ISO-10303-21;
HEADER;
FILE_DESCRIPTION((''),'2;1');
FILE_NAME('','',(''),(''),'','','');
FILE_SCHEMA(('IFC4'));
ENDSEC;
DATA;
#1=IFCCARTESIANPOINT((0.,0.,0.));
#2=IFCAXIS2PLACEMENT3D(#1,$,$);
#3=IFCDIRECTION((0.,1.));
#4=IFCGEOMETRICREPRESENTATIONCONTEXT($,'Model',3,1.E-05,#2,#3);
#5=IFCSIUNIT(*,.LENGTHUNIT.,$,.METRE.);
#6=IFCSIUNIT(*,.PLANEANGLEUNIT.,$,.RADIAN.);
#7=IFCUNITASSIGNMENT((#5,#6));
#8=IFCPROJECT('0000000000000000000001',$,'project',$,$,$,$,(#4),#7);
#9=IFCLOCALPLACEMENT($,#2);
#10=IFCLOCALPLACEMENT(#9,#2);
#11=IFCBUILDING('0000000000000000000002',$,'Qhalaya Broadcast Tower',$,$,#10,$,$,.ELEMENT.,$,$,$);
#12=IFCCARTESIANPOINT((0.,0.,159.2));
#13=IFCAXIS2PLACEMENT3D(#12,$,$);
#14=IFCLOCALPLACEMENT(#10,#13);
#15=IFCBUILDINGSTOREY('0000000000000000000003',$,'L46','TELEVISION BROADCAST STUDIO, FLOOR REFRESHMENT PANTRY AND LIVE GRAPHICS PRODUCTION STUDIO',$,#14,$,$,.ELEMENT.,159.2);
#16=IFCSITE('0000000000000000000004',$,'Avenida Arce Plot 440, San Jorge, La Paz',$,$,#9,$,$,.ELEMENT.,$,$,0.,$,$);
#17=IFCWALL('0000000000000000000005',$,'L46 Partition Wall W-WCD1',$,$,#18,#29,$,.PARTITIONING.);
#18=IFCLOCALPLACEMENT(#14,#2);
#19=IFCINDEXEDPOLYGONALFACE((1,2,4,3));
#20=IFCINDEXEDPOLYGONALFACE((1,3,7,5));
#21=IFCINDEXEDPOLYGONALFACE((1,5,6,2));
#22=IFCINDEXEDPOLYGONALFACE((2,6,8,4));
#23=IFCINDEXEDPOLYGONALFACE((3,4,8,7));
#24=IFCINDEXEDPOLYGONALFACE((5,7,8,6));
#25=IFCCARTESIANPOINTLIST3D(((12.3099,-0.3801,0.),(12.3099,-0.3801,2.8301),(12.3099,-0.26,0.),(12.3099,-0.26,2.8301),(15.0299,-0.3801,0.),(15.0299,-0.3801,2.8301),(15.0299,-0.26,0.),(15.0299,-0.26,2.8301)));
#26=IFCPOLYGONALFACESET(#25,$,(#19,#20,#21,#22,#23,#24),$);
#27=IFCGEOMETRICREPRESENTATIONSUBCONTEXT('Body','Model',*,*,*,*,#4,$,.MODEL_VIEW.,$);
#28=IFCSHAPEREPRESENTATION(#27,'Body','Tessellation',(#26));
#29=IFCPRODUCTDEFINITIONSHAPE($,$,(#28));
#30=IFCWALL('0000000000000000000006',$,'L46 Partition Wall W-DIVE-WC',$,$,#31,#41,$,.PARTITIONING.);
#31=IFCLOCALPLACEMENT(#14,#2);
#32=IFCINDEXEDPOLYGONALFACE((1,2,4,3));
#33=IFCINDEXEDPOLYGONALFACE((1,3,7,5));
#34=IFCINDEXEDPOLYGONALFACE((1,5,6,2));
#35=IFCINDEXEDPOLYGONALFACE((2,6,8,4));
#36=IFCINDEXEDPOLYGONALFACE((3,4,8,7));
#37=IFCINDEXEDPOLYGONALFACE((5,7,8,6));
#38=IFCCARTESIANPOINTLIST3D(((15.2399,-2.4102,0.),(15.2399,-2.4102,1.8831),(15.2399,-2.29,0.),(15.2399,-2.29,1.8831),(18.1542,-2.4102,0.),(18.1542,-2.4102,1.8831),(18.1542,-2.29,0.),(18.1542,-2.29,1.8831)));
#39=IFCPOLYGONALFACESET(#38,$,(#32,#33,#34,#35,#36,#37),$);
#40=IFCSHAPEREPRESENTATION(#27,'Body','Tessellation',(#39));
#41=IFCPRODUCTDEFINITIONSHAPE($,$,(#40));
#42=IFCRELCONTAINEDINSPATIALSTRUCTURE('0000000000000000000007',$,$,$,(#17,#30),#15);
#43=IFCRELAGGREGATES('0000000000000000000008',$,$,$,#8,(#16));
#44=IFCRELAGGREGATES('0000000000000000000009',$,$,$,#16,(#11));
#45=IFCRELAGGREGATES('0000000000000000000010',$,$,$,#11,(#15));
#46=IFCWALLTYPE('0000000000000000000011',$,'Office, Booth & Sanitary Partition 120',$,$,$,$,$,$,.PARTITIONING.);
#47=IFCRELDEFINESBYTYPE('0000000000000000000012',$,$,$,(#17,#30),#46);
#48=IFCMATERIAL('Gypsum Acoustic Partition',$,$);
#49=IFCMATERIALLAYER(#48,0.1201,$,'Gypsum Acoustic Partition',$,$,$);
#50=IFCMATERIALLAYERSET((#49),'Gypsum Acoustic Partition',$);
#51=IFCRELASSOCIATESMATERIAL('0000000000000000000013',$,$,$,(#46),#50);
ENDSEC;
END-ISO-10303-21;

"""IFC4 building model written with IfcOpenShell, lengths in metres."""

from ifc_helpers import new_model, si_unit, direction, frame, frame_2d, origin, place, context, subcontext, project, spatial, rectangle, extrude, material, layer, layer_set, type_object, element, save


model = new_model("IFC4")

# Units and contexts
model_context = context("Model", 3, precision=1e-05, world=origin(), true_north=direction((0.0, 1.0)))
body_context = subcontext(model_context, "Body", "Model", "MODEL_VIEW")
ifc_project = project(units=[si_unit("LENGTHUNIT", "METRE"), si_unit("PLANEANGLEUNIT", "RADIAN")], contexts=[model_context])

# Site, building, storey
site_placement = place(None, origin())
site = spatial("IfcSite", under=ifc_project, at=site_placement, Name="Avenida Arce Plot 440, San Jorge, La Paz", CompositionType="ELEMENT", RefElevation=0.0)
building_placement = place(site_placement, origin())
building = spatial("IfcBuilding", under=site, at=building_placement, Name="Qhalaya Broadcast Tower", CompositionType="ELEMENT")
storey_placement = place(building_placement, frame((0.0, 0.0, 159.2)))
storey = spatial("IfcBuildingStorey", under=building, at=storey_placement, Name="L46", Description="TELEVISION BROADCAST STUDIO, FLOOR REFRESHMENT PANTRY AND LIVE GRAPHICS PRODUCTION STUDIO", CompositionType="ELEMENT", Elevation=159.2)

# Shared definitions
ifc_material_1 = material(Name="Gypsum Acoustic Partition")
ifc_layer_1 = layer(ifc_material_1, 0.1201, Name="Gypsum Acoustic Partition")
ifc_layer_set_1 = layer_set([ifc_layer_1], Name="Gypsum Acoustic Partition")
wall_type_1 = type_object("IfcWallType", Name="Office, Booth & Sanitary Partition 120", PredefinedType="PARTITIONING", material=ifc_layer_set_1)

# Walls
wall_1_placement = place(storey_placement, frame((12.3101, -0.3201, 0.0), z_axis=(0.0, 0.0, 1.0), x_axis=(1.0, 0.0, 0.0)))
element("IfcWall", 1, at=wall_1_placement, inside=storey, type_object=wall_type_1, Name="L46 Partition Wall W-WCD1", PredefinedType="PARTITIONING", context=body_context, shape_type="SweptSolid", body=[
    extrude(rectangle(XDim=2.72, YDim=0.1201, at=frame_2d((1.3599, 0.0))), origin(), (0.0, 0.0, 1.0), 2.8301),
])
wall_2_placement = place(storey_placement, frame((15.24, -2.3501, 0.0), z_axis=(0.0, 0.0, 1.0), x_axis=(1.0, 0.0, 0.0)))
element("IfcWall", 2, at=wall_2_placement, inside=storey, type_object=wall_type_1, Name="L46 Partition Wall W-DIVE-WC", PredefinedType="PARTITIONING", context=body_context, shape_type="SweptSolid", body=[
    extrude(rectangle(XDim=2.9143, YDim=0.1201, at=frame_2d((1.457, 0.0))), origin(), (0.0, 0.0, 1.0), 1.8831),
])

save(model, "model.ifc")
